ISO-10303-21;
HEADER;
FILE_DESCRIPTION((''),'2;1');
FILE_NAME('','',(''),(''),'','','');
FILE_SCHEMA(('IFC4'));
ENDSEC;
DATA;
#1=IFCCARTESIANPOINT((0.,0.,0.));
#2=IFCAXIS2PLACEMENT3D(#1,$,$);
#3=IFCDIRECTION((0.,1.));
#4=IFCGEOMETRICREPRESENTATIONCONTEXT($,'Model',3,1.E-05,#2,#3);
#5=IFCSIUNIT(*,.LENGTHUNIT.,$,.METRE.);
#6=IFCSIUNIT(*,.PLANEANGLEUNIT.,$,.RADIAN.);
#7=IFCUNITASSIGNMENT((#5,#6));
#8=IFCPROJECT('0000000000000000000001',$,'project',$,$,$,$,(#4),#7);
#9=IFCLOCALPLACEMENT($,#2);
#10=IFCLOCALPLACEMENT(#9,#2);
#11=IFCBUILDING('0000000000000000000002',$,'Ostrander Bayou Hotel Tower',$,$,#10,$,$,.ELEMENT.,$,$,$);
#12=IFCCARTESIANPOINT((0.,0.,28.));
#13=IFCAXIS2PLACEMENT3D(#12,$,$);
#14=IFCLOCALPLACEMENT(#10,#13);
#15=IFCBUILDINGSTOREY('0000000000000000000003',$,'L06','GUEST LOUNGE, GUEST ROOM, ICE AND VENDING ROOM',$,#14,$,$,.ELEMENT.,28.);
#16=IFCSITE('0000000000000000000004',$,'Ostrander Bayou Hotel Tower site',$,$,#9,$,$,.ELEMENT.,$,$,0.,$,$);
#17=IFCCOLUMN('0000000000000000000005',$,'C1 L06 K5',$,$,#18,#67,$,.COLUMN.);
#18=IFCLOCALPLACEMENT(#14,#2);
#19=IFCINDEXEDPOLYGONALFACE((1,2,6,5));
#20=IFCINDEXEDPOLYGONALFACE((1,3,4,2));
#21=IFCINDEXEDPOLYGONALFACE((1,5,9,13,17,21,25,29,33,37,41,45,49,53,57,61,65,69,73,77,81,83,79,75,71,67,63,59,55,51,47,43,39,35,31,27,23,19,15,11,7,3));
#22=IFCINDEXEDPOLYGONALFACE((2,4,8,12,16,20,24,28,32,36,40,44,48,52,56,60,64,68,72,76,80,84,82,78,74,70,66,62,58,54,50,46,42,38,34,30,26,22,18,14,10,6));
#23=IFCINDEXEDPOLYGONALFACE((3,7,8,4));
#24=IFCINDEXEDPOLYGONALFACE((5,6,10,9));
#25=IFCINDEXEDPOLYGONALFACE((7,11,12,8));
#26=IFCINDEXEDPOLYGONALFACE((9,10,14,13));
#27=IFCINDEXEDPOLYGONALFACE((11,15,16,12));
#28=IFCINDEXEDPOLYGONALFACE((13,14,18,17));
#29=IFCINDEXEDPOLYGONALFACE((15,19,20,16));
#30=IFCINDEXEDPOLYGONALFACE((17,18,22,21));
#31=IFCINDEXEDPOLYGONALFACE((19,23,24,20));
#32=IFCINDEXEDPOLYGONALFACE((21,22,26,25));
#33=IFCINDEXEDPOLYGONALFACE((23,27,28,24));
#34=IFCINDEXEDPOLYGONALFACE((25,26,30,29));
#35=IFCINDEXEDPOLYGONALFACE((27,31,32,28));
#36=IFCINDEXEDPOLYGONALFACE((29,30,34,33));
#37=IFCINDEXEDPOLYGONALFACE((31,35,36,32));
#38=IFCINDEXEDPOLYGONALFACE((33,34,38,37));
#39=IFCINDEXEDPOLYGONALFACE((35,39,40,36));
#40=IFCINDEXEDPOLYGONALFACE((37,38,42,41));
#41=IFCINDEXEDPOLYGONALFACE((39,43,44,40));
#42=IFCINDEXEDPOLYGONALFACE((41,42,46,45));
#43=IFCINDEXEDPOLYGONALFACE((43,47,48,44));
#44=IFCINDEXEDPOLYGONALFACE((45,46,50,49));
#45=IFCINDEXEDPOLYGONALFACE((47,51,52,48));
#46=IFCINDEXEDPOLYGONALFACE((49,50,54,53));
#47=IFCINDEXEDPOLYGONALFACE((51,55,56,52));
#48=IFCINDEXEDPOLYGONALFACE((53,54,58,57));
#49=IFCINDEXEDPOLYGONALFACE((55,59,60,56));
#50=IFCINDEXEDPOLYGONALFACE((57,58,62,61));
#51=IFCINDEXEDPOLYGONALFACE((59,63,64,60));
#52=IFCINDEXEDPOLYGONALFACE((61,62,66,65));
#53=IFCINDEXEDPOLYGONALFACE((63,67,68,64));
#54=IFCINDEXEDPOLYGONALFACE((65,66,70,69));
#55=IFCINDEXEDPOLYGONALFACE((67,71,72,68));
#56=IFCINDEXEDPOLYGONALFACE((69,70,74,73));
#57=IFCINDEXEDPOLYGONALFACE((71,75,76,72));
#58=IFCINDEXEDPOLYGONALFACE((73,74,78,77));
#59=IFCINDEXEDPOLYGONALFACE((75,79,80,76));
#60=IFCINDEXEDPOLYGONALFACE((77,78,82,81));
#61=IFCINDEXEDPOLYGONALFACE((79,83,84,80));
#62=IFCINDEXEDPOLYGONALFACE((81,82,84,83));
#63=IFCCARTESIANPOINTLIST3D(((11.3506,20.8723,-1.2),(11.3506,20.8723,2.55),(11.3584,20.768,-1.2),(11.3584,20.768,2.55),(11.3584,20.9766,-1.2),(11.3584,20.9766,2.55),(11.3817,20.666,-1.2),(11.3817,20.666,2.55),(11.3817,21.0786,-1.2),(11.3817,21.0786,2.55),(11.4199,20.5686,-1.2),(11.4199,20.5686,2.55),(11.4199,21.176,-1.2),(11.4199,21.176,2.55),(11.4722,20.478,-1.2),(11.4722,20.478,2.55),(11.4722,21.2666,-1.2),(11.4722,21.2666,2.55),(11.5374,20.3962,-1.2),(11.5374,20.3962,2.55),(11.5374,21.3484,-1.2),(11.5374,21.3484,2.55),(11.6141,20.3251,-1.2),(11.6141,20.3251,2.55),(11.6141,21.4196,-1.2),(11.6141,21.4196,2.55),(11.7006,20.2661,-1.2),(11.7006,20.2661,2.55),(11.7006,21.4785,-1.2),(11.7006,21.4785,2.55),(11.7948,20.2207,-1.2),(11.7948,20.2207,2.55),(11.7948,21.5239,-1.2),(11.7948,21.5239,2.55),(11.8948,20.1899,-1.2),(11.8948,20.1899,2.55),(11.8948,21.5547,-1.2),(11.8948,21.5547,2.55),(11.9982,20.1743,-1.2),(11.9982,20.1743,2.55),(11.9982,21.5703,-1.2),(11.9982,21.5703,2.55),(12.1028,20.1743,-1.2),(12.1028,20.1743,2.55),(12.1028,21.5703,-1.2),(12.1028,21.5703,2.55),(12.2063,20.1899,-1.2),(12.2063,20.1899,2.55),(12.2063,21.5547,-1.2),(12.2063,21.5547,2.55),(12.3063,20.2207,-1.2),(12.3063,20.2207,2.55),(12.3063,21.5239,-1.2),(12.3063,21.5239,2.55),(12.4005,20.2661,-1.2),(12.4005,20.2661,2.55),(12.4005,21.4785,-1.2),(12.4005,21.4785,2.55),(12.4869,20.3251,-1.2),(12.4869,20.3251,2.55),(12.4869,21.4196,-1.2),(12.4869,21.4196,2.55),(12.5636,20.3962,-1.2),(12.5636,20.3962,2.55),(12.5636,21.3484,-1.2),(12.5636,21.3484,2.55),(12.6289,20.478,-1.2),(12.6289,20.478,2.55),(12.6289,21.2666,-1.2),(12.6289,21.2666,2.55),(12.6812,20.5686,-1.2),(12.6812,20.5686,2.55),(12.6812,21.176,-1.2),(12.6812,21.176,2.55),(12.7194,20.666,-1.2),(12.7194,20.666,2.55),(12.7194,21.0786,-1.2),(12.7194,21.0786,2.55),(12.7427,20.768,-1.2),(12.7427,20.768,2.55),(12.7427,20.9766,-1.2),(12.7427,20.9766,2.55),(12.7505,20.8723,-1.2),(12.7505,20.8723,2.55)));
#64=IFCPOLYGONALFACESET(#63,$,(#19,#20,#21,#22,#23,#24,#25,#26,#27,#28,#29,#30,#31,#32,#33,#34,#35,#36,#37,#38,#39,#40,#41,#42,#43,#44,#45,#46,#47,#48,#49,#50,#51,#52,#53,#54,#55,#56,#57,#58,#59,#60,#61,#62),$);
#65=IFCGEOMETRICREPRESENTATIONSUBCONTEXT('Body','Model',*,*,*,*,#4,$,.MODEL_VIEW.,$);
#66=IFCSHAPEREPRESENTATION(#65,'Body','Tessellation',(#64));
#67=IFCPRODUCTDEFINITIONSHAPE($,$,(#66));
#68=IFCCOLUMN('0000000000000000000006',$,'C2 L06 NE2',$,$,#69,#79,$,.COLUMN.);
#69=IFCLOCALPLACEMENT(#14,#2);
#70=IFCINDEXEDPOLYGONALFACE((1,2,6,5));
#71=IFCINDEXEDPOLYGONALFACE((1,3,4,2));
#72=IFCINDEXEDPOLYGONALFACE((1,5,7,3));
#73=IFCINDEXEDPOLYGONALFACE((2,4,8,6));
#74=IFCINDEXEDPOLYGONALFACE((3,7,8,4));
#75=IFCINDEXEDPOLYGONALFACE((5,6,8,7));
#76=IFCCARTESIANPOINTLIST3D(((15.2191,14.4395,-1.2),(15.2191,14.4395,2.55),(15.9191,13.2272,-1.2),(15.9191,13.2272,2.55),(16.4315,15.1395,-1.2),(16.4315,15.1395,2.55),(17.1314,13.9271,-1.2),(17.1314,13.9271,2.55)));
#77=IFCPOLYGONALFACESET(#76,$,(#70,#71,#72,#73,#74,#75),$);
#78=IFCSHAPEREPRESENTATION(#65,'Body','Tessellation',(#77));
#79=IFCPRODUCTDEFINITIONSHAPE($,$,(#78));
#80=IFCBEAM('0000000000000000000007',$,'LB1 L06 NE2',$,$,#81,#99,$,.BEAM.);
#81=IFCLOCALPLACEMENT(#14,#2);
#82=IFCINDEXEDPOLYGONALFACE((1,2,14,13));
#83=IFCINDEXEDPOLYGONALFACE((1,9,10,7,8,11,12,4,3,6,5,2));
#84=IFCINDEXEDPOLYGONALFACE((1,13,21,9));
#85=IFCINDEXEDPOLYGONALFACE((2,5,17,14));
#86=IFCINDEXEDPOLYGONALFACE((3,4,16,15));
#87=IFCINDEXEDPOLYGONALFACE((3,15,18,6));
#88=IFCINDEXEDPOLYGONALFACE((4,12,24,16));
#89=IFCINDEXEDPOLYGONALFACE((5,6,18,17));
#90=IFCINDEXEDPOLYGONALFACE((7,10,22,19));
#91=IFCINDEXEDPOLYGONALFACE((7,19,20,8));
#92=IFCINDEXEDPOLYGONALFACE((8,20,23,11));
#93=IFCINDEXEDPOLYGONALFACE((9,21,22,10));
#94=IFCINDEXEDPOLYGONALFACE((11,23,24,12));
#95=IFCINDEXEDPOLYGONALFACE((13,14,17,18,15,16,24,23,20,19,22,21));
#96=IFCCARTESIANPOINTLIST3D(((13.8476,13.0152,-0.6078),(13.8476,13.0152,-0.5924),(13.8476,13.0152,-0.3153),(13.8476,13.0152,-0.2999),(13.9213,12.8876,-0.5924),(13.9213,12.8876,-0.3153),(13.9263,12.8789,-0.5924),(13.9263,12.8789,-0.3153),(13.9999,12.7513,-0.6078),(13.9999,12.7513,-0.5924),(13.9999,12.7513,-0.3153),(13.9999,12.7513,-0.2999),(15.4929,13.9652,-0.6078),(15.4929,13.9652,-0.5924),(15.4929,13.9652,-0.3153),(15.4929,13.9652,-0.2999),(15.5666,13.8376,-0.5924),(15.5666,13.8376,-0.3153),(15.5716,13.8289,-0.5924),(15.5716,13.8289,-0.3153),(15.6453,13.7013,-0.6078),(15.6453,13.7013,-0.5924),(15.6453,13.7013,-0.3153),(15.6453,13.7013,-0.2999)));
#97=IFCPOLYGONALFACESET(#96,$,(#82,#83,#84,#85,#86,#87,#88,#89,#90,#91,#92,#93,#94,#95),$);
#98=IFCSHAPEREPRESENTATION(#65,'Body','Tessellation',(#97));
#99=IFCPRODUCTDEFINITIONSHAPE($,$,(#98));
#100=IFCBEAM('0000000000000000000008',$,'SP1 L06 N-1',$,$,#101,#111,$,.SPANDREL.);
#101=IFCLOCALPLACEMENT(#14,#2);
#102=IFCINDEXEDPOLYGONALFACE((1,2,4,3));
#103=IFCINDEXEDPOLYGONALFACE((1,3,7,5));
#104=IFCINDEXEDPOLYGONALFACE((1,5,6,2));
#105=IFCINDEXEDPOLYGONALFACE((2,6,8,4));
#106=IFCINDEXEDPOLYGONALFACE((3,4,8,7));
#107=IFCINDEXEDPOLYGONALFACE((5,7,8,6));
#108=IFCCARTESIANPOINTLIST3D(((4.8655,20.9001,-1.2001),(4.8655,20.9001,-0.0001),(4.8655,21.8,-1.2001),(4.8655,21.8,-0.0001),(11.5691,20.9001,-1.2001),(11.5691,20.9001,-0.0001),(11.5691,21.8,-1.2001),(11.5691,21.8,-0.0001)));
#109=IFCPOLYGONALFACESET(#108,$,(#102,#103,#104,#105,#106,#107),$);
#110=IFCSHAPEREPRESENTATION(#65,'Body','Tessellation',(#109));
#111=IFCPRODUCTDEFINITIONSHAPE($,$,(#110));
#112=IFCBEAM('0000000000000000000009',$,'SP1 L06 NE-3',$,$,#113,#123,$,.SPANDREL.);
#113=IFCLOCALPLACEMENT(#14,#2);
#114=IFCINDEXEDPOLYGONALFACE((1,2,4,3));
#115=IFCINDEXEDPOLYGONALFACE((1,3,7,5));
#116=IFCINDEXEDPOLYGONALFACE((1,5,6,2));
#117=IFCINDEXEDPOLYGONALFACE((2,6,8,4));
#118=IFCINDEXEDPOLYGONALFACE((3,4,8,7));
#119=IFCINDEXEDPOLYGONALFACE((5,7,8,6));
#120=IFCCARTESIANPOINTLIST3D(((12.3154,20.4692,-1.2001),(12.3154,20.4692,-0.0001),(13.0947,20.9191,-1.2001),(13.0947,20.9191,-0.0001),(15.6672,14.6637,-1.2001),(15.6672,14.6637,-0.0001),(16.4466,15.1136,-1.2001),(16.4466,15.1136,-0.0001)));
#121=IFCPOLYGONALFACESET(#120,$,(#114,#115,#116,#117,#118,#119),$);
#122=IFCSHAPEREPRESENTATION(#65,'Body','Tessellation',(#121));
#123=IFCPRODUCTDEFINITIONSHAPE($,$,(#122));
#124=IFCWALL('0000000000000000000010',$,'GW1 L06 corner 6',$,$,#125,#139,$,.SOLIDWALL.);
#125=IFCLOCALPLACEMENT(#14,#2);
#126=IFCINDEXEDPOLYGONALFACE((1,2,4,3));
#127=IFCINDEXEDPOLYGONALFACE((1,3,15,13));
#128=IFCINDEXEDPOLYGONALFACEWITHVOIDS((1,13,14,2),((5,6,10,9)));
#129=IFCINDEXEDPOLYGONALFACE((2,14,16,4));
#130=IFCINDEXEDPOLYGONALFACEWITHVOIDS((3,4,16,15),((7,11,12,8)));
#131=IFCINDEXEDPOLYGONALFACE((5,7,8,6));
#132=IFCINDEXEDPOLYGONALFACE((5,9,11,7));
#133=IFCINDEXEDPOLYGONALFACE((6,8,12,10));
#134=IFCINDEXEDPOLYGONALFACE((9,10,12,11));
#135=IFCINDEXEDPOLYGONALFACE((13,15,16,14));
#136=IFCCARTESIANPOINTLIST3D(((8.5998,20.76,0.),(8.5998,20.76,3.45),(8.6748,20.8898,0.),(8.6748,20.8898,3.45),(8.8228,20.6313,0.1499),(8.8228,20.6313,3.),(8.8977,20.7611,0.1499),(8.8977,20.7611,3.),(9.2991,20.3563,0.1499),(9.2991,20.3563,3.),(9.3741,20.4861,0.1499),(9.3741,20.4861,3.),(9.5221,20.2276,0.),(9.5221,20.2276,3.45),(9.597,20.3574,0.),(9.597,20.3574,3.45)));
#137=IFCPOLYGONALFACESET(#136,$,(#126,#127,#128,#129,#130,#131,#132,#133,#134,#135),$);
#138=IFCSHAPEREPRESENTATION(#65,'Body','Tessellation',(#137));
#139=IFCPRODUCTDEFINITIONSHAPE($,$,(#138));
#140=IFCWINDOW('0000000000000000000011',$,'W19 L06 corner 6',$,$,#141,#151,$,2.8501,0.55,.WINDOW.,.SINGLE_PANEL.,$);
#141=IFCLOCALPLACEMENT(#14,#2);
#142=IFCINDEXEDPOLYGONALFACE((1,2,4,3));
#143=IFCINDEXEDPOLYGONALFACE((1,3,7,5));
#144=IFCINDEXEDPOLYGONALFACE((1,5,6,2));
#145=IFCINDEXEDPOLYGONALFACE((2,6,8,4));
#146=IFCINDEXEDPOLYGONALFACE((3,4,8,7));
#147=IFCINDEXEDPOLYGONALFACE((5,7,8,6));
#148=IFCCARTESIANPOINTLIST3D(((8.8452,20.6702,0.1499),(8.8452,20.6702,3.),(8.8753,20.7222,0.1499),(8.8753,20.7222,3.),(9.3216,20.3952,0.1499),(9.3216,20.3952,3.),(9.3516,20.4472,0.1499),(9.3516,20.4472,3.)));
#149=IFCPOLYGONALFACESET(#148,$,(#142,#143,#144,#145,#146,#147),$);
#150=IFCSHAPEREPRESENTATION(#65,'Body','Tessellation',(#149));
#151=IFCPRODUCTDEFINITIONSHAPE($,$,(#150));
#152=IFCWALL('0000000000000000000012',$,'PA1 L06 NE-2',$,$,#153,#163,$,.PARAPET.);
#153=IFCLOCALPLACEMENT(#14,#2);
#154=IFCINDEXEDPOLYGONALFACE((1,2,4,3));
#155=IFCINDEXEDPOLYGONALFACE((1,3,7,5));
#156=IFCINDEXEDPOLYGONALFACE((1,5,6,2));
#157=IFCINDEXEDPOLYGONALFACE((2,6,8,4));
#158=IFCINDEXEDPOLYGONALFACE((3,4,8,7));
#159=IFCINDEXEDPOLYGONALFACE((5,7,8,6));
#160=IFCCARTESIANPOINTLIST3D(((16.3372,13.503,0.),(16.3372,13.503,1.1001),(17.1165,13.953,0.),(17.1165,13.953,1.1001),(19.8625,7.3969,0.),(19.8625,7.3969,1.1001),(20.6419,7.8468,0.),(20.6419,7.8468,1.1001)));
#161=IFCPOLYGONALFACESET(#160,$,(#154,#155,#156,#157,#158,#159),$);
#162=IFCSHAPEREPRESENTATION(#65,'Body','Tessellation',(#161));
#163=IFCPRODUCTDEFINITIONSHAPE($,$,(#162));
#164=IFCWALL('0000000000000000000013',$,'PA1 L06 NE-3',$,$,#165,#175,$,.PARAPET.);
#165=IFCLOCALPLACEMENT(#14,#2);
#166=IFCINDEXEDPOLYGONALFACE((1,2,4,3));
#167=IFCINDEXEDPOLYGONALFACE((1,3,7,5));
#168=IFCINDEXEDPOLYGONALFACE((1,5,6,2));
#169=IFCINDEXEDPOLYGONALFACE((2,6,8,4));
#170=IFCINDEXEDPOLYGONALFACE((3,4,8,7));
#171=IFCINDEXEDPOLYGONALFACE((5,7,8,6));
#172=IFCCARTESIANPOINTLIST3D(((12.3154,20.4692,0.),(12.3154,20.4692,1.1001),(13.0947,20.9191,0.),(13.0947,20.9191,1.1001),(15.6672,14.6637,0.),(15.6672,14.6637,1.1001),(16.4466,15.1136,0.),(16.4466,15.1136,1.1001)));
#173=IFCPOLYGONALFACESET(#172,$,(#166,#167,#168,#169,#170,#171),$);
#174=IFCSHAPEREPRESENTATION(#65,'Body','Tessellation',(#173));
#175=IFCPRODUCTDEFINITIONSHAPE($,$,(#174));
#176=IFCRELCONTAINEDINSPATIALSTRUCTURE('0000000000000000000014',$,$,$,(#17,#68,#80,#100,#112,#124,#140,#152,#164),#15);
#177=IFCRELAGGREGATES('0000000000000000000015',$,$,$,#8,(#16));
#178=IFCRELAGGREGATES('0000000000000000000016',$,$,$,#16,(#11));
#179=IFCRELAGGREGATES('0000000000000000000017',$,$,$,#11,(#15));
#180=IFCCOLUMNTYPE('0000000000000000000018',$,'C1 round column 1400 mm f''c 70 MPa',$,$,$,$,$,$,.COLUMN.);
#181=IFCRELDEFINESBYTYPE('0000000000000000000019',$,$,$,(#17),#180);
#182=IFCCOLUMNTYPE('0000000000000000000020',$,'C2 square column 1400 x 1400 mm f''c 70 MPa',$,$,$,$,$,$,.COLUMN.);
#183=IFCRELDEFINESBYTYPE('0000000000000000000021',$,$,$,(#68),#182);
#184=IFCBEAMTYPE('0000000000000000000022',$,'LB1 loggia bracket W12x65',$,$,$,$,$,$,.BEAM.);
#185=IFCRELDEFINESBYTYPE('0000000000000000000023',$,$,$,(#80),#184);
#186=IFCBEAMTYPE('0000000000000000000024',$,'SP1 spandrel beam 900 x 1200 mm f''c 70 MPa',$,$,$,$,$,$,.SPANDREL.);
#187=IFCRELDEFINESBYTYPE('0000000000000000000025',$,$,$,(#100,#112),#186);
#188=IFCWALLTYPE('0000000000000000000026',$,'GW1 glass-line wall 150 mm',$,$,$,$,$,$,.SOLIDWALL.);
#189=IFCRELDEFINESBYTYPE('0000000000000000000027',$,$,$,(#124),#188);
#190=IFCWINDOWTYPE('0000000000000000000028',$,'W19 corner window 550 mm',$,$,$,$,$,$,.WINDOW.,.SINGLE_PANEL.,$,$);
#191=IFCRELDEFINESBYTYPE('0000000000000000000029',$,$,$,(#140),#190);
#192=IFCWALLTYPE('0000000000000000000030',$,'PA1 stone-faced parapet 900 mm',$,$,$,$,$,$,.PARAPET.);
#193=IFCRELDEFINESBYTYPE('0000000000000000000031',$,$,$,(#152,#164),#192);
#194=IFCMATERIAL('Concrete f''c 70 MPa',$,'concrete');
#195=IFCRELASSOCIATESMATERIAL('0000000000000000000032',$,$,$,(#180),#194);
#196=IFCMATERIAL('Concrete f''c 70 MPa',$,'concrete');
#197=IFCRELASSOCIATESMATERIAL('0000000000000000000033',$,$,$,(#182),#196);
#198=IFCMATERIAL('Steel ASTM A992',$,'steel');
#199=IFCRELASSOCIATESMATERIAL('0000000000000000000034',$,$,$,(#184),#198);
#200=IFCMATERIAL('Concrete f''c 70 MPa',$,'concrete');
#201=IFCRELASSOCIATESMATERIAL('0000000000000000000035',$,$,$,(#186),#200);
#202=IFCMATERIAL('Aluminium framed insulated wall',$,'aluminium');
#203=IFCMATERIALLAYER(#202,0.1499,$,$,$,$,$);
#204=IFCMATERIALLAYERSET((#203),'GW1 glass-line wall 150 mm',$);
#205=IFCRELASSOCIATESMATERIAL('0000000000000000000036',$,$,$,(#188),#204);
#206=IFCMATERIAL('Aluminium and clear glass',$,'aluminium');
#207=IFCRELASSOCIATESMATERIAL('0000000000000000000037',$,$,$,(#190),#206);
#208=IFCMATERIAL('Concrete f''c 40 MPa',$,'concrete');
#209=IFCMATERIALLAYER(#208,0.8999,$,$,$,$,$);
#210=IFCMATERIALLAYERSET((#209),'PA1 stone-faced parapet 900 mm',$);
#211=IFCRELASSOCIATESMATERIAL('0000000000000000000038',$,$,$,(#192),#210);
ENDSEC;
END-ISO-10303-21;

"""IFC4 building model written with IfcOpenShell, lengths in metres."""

from ifc_helpers import new_model, si_unit, direction, frame, frame_2d, origin, origin_2d, place, context, subcontext, project, spatial, rectangle, circle, i_section, extrude, material, layer, layer_set, material_profile, profile_set, type_object, element, fill, save


model = new_model("IFC4")

# Units and contexts
model_context = context("Model", 3, precision=1e-05, world=origin(), true_north=direction((0.0, 1.0)))
body_context = subcontext(model_context, "Body", "Model", "MODEL_VIEW")
ifc_project = project(units=[si_unit("LENGTHUNIT", "METRE"), si_unit("PLANEANGLEUNIT", "RADIAN")], contexts=[model_context])

# Site, building, storey
site_placement = place(None, origin())
site = spatial("IfcSite", under=ifc_project, at=site_placement, Name="Ostrander Bayou Hotel Tower site", CompositionType="ELEMENT", RefElevation=0.0)
building_placement = place(site_placement, origin())
building = spatial("IfcBuilding", under=site, at=building_placement, Name="Ostrander Bayou Hotel Tower", CompositionType="ELEMENT")
storey_placement = place(building_placement, frame((0.0, 0.0, 28.0)))
storey = spatial("IfcBuildingStorey", under=building, at=storey_placement, Name="L06", Description="GUEST LOUNGE, GUEST ROOM, ICE AND VENDING ROOM", CompositionType="ELEMENT", Elevation=28.0)

# Columns
ifc_material_1 = material(Name="Concrete f'c 70 MPa", Category="concrete")
ifc_material_profile_1 = material_profile(ifc_material_1, circle(Radius=0.7, at=origin_2d()))
ifc_profile_set_1 = profile_set([ifc_material_profile_1], Name="Concrete f'c 70 MPa")
column_type_1 = type_object("IfcColumnType", Name="C1 round column 1400 mm f'c 70 MPa", PredefinedType="COLUMN", material=ifc_profile_set_1)
column_1_placement = place(storey_placement, frame((12.0505, 20.8723, -1.2), z_axis=(0.0, 0.0, 1.0), x_axis=(1.0, 0.0, 0.0)))
element("IfcColumn", 1, at=column_1_placement, inside=storey, type_object=column_type_1, Name="C1 L06 K5", PredefinedType="COLUMN", context=body_context, shape_type="SweptSolid", body=[
    extrude(circle(Radius=0.7, at=origin_2d()), origin(), (0.0, 0.0, 1.0), 3.75),
])
ifc_material_2 = material(Name="Concrete f'c 70 MPa", Category="concrete")
ifc_material_profile_2 = material_profile(ifc_material_2, rectangle(XDim=1.3999, YDim=1.3999, at=origin_2d()))
ifc_profile_set_2 = profile_set([ifc_material_profile_2], Name="Concrete f'c 70 MPa")
column_type_2 = type_object("IfcColumnType", Name="C2 square column 1400 x 1400 mm f'c 70 MPa", PredefinedType="COLUMN", material=ifc_profile_set_2)
column_2_placement = place(storey_placement, frame((16.1753, 14.1833, -1.2), z_axis=(0.0, 0.0, 1.0), x_axis=(0.5, -0.866025, 0.0)))
element("IfcColumn", 2, at=column_2_placement, inside=storey, type_object=column_type_2, Name="C2 L06 NE2", PredefinedType="COLUMN", context=body_context, shape_type="SweptSolid", body=[
    extrude(rectangle(XDim=1.3999, YDim=1.3999, at=origin_2d()), origin(), (0.0, 0.0, 1.0), 3.75),
])

# Beams
ifc_material_3 = material(Name="Steel ASTM A992", Category="steel")
ifc_material_profile_3 = material_profile(ifc_material_3, i_section(OverallWidth=0.3047, OverallDepth=0.3079, WebThickness=0.01, FlangeThickness=0.0154, at=origin_2d()))
ifc_profile_set_3 = profile_set([ifc_material_profile_3], Name="Steel ASTM A992")
beam_type_1 = type_object("IfcBeamType", Name="LB1 loggia bracket W12x65", PredefinedType="BEAM", material=ifc_profile_set_3)
beam_placement = place(storey_placement, frame((15.5691, 13.8333, -0.4539), z_axis=(-0.866012, -0.500023, 0.0), x_axis=(0.500023, -0.866012, 0.0)))
element("IfcBeam", 3, at=beam_placement, inside=storey, type_object=beam_type_1, Name="LB1 L06 NE2", PredefinedType="BEAM", context=body_context, shape_type="SweptSolid", body=[
    extrude(i_section(OverallWidth=0.3047, OverallDepth=0.3079, WebThickness=0.01, FlangeThickness=0.0154, at=origin_2d()), origin(), (0.0, 0.0, 1.0), 1.8999),
])
ifc_material_4 = material(Name="Concrete f'c 70 MPa", Category="concrete")
ifc_material_profile_4 = material_profile(ifc_material_4, rectangle(XDim=0.8999, YDim=1.2, at=origin_2d()))
ifc_profile_set_4 = profile_set([ifc_material_profile_4], Name="Concrete f'c 70 MPa")
beam_type_2 = type_object("IfcBeamType", Name="SP1 spandrel beam 900 x 1200 mm f'c 70 MPa", PredefinedType="SPANDREL", material=ifc_profile_set_4)
for number, where, z_axis, x_axis, name in (
    (4, (11.5691, 21.3501, -0.6001), (-1.0, 0.0, 0.0), (0.0, -1.0, 0.0), "SP1 L06 N-1"),
    (5, (16.0569, 14.8887, -0.6001), (-0.500005, 0.866022, 0.0), (-0.866022, -0.500005, 0.0), "SP1 L06 NE-3"),
):
    element("IfcBeam", number, at=place(storey_placement, frame(where, z_axis=z_axis, x_axis=x_axis)), inside=storey, type_object=beam_type_2, Name=name, PredefinedType="SPANDREL", context=body_context, shape_type="SweptSolid", body=[
        extrude(rectangle(XDim=0.8999, YDim=1.2, at=origin_2d()), origin(), (0.0, 0.0, 1.0), 6.7036),
    ])

# Wall, opening, window
ifc_material_5 = material(Name="Aluminium framed insulated wall", Category="aluminium")
ifc_layer_1 = layer(ifc_material_5, 0.1499)
ifc_layer_set_1 = layer_set([ifc_layer_1], Name="GW1 glass-line wall 150 mm")
wall_type_1 = type_object("IfcWallType", Name="GW1 glass-line wall 150 mm", PredefinedType="SOLIDWALL", material=ifc_layer_set_1)
wall_1_placement = place(storey_placement, frame((9.5596, 20.2925, 0.0), z_axis=(0.0, 0.0, 1.0), x_axis=(-0.866048, 0.499961, 0.0)))
wall_1 = element("IfcWall", 6, at=wall_1_placement, inside=storey, type_object=wall_type_1, Name="GW1 L06 corner 6", PredefinedType="SOLIDWALL", context=body_context, shape_type="SweptSolid", body=[
    extrude(rectangle(XDim=1.0649, YDim=0.1499, at=frame_2d((0.5325, 0.0))), origin(), (0.0, 0.0, 1.0), 3.45),
])
opening_1_placement = place(wall_1_placement, frame((0.2576, 0.0, 0.1499)))
opening_1 = element("IfcOpeningElement", 7, at=opening_1_placement, cuts=wall_1, PredefinedType="OPENING", context=body_context, shape_type="SweptSolid", body=[
    extrude(rectangle(XDim=0.55, YDim=2.8501, at=frame_2d((0.2749, 1.425))), frame((0.0, 0.075, 0.0), z_axis=(0.0, -1.0, 0.0), x_axis=(1.0, 0.0, 0.0)), (0.0, 0.0, 1.0), 0.1499),
])
ifc_material_6 = material(Name="Aluminium and clear glass", Category="aluminium")
window_type_1 = type_object("IfcWindowType", Name="W19 corner window 550 mm", PartitioningType="SINGLE_PANEL", PredefinedType="WINDOW", material=ifc_material_6)
window_1_placement = place(opening_1_placement, origin())
window_1 = element("IfcWindow", 8, at=window_1_placement, inside=storey, type_object=window_type_1, Name="W19 L06 corner 6", OverallHeight=2.8501, OverallWidth=0.55, PartitioningType="SINGLE_PANEL", PredefinedType="WINDOW", context=body_context, shape_type="SweptSolid", body=[
    extrude(rectangle(XDim=0.55, YDim=2.8501, at=frame_2d((0.2749, 1.425))), frame((0.0, 0.03, 0.0), z_axis=(0.0, -1.0, 0.0), x_axis=(1.0, 0.0, 0.0)), (0.0, 0.0, 1.0), 0.0601),
])
fill(opening_1, window_1)

# Walls
ifc_material_7 = material(Name="Concrete f'c 40 MPa", Category="concrete")
ifc_layer_2 = layer(ifc_material_7, 0.8999)
ifc_layer_set_2 = layer_set([ifc_layer_2], Name="PA1 stone-faced parapet 900 mm")
wall_type_2 = type_object("IfcWallType", Name="PA1 stone-faced parapet 900 mm", PredefinedType="PARAPET", material=ifc_layer_set_2)
wall_2_placement = place(storey_placement, frame((20.2522, 7.6218, 0.0), z_axis=(0.0, 0.0, 1.0), x_axis=(-0.499997, 0.866027, 0.0)))
element("IfcWall", 9, at=wall_2_placement, inside=storey, type_object=wall_type_2, Name="PA1 L06 NE-2", PredefinedType="PARAPET", context=body_context, shape_type="SweptSolid", body=[
    extrude(rectangle(XDim=7.0508, YDim=0.8999, at=frame_2d((3.5254, 0.0))), origin(), (0.0, 0.0, 1.0), 1.1001),
])
wall_3_placement = place(storey_placement, frame((16.0569, 14.8887, 0.0), z_axis=(0.0, 0.0, 1.0), x_axis=(-0.500005, 0.866022, 0.0)))
element("IfcWall", 10, at=wall_3_placement, inside=storey, type_object=wall_type_2, Name="PA1 L06 NE-3", PredefinedType="PARAPET", context=body_context, shape_type="SweptSolid", body=[
    extrude(rectangle(XDim=6.7036, YDim=0.8999, at=frame_2d((3.3518, 0.0))), origin(), (0.0, 0.0, 1.0), 1.1001),
])

save(model, "model.ifc")
